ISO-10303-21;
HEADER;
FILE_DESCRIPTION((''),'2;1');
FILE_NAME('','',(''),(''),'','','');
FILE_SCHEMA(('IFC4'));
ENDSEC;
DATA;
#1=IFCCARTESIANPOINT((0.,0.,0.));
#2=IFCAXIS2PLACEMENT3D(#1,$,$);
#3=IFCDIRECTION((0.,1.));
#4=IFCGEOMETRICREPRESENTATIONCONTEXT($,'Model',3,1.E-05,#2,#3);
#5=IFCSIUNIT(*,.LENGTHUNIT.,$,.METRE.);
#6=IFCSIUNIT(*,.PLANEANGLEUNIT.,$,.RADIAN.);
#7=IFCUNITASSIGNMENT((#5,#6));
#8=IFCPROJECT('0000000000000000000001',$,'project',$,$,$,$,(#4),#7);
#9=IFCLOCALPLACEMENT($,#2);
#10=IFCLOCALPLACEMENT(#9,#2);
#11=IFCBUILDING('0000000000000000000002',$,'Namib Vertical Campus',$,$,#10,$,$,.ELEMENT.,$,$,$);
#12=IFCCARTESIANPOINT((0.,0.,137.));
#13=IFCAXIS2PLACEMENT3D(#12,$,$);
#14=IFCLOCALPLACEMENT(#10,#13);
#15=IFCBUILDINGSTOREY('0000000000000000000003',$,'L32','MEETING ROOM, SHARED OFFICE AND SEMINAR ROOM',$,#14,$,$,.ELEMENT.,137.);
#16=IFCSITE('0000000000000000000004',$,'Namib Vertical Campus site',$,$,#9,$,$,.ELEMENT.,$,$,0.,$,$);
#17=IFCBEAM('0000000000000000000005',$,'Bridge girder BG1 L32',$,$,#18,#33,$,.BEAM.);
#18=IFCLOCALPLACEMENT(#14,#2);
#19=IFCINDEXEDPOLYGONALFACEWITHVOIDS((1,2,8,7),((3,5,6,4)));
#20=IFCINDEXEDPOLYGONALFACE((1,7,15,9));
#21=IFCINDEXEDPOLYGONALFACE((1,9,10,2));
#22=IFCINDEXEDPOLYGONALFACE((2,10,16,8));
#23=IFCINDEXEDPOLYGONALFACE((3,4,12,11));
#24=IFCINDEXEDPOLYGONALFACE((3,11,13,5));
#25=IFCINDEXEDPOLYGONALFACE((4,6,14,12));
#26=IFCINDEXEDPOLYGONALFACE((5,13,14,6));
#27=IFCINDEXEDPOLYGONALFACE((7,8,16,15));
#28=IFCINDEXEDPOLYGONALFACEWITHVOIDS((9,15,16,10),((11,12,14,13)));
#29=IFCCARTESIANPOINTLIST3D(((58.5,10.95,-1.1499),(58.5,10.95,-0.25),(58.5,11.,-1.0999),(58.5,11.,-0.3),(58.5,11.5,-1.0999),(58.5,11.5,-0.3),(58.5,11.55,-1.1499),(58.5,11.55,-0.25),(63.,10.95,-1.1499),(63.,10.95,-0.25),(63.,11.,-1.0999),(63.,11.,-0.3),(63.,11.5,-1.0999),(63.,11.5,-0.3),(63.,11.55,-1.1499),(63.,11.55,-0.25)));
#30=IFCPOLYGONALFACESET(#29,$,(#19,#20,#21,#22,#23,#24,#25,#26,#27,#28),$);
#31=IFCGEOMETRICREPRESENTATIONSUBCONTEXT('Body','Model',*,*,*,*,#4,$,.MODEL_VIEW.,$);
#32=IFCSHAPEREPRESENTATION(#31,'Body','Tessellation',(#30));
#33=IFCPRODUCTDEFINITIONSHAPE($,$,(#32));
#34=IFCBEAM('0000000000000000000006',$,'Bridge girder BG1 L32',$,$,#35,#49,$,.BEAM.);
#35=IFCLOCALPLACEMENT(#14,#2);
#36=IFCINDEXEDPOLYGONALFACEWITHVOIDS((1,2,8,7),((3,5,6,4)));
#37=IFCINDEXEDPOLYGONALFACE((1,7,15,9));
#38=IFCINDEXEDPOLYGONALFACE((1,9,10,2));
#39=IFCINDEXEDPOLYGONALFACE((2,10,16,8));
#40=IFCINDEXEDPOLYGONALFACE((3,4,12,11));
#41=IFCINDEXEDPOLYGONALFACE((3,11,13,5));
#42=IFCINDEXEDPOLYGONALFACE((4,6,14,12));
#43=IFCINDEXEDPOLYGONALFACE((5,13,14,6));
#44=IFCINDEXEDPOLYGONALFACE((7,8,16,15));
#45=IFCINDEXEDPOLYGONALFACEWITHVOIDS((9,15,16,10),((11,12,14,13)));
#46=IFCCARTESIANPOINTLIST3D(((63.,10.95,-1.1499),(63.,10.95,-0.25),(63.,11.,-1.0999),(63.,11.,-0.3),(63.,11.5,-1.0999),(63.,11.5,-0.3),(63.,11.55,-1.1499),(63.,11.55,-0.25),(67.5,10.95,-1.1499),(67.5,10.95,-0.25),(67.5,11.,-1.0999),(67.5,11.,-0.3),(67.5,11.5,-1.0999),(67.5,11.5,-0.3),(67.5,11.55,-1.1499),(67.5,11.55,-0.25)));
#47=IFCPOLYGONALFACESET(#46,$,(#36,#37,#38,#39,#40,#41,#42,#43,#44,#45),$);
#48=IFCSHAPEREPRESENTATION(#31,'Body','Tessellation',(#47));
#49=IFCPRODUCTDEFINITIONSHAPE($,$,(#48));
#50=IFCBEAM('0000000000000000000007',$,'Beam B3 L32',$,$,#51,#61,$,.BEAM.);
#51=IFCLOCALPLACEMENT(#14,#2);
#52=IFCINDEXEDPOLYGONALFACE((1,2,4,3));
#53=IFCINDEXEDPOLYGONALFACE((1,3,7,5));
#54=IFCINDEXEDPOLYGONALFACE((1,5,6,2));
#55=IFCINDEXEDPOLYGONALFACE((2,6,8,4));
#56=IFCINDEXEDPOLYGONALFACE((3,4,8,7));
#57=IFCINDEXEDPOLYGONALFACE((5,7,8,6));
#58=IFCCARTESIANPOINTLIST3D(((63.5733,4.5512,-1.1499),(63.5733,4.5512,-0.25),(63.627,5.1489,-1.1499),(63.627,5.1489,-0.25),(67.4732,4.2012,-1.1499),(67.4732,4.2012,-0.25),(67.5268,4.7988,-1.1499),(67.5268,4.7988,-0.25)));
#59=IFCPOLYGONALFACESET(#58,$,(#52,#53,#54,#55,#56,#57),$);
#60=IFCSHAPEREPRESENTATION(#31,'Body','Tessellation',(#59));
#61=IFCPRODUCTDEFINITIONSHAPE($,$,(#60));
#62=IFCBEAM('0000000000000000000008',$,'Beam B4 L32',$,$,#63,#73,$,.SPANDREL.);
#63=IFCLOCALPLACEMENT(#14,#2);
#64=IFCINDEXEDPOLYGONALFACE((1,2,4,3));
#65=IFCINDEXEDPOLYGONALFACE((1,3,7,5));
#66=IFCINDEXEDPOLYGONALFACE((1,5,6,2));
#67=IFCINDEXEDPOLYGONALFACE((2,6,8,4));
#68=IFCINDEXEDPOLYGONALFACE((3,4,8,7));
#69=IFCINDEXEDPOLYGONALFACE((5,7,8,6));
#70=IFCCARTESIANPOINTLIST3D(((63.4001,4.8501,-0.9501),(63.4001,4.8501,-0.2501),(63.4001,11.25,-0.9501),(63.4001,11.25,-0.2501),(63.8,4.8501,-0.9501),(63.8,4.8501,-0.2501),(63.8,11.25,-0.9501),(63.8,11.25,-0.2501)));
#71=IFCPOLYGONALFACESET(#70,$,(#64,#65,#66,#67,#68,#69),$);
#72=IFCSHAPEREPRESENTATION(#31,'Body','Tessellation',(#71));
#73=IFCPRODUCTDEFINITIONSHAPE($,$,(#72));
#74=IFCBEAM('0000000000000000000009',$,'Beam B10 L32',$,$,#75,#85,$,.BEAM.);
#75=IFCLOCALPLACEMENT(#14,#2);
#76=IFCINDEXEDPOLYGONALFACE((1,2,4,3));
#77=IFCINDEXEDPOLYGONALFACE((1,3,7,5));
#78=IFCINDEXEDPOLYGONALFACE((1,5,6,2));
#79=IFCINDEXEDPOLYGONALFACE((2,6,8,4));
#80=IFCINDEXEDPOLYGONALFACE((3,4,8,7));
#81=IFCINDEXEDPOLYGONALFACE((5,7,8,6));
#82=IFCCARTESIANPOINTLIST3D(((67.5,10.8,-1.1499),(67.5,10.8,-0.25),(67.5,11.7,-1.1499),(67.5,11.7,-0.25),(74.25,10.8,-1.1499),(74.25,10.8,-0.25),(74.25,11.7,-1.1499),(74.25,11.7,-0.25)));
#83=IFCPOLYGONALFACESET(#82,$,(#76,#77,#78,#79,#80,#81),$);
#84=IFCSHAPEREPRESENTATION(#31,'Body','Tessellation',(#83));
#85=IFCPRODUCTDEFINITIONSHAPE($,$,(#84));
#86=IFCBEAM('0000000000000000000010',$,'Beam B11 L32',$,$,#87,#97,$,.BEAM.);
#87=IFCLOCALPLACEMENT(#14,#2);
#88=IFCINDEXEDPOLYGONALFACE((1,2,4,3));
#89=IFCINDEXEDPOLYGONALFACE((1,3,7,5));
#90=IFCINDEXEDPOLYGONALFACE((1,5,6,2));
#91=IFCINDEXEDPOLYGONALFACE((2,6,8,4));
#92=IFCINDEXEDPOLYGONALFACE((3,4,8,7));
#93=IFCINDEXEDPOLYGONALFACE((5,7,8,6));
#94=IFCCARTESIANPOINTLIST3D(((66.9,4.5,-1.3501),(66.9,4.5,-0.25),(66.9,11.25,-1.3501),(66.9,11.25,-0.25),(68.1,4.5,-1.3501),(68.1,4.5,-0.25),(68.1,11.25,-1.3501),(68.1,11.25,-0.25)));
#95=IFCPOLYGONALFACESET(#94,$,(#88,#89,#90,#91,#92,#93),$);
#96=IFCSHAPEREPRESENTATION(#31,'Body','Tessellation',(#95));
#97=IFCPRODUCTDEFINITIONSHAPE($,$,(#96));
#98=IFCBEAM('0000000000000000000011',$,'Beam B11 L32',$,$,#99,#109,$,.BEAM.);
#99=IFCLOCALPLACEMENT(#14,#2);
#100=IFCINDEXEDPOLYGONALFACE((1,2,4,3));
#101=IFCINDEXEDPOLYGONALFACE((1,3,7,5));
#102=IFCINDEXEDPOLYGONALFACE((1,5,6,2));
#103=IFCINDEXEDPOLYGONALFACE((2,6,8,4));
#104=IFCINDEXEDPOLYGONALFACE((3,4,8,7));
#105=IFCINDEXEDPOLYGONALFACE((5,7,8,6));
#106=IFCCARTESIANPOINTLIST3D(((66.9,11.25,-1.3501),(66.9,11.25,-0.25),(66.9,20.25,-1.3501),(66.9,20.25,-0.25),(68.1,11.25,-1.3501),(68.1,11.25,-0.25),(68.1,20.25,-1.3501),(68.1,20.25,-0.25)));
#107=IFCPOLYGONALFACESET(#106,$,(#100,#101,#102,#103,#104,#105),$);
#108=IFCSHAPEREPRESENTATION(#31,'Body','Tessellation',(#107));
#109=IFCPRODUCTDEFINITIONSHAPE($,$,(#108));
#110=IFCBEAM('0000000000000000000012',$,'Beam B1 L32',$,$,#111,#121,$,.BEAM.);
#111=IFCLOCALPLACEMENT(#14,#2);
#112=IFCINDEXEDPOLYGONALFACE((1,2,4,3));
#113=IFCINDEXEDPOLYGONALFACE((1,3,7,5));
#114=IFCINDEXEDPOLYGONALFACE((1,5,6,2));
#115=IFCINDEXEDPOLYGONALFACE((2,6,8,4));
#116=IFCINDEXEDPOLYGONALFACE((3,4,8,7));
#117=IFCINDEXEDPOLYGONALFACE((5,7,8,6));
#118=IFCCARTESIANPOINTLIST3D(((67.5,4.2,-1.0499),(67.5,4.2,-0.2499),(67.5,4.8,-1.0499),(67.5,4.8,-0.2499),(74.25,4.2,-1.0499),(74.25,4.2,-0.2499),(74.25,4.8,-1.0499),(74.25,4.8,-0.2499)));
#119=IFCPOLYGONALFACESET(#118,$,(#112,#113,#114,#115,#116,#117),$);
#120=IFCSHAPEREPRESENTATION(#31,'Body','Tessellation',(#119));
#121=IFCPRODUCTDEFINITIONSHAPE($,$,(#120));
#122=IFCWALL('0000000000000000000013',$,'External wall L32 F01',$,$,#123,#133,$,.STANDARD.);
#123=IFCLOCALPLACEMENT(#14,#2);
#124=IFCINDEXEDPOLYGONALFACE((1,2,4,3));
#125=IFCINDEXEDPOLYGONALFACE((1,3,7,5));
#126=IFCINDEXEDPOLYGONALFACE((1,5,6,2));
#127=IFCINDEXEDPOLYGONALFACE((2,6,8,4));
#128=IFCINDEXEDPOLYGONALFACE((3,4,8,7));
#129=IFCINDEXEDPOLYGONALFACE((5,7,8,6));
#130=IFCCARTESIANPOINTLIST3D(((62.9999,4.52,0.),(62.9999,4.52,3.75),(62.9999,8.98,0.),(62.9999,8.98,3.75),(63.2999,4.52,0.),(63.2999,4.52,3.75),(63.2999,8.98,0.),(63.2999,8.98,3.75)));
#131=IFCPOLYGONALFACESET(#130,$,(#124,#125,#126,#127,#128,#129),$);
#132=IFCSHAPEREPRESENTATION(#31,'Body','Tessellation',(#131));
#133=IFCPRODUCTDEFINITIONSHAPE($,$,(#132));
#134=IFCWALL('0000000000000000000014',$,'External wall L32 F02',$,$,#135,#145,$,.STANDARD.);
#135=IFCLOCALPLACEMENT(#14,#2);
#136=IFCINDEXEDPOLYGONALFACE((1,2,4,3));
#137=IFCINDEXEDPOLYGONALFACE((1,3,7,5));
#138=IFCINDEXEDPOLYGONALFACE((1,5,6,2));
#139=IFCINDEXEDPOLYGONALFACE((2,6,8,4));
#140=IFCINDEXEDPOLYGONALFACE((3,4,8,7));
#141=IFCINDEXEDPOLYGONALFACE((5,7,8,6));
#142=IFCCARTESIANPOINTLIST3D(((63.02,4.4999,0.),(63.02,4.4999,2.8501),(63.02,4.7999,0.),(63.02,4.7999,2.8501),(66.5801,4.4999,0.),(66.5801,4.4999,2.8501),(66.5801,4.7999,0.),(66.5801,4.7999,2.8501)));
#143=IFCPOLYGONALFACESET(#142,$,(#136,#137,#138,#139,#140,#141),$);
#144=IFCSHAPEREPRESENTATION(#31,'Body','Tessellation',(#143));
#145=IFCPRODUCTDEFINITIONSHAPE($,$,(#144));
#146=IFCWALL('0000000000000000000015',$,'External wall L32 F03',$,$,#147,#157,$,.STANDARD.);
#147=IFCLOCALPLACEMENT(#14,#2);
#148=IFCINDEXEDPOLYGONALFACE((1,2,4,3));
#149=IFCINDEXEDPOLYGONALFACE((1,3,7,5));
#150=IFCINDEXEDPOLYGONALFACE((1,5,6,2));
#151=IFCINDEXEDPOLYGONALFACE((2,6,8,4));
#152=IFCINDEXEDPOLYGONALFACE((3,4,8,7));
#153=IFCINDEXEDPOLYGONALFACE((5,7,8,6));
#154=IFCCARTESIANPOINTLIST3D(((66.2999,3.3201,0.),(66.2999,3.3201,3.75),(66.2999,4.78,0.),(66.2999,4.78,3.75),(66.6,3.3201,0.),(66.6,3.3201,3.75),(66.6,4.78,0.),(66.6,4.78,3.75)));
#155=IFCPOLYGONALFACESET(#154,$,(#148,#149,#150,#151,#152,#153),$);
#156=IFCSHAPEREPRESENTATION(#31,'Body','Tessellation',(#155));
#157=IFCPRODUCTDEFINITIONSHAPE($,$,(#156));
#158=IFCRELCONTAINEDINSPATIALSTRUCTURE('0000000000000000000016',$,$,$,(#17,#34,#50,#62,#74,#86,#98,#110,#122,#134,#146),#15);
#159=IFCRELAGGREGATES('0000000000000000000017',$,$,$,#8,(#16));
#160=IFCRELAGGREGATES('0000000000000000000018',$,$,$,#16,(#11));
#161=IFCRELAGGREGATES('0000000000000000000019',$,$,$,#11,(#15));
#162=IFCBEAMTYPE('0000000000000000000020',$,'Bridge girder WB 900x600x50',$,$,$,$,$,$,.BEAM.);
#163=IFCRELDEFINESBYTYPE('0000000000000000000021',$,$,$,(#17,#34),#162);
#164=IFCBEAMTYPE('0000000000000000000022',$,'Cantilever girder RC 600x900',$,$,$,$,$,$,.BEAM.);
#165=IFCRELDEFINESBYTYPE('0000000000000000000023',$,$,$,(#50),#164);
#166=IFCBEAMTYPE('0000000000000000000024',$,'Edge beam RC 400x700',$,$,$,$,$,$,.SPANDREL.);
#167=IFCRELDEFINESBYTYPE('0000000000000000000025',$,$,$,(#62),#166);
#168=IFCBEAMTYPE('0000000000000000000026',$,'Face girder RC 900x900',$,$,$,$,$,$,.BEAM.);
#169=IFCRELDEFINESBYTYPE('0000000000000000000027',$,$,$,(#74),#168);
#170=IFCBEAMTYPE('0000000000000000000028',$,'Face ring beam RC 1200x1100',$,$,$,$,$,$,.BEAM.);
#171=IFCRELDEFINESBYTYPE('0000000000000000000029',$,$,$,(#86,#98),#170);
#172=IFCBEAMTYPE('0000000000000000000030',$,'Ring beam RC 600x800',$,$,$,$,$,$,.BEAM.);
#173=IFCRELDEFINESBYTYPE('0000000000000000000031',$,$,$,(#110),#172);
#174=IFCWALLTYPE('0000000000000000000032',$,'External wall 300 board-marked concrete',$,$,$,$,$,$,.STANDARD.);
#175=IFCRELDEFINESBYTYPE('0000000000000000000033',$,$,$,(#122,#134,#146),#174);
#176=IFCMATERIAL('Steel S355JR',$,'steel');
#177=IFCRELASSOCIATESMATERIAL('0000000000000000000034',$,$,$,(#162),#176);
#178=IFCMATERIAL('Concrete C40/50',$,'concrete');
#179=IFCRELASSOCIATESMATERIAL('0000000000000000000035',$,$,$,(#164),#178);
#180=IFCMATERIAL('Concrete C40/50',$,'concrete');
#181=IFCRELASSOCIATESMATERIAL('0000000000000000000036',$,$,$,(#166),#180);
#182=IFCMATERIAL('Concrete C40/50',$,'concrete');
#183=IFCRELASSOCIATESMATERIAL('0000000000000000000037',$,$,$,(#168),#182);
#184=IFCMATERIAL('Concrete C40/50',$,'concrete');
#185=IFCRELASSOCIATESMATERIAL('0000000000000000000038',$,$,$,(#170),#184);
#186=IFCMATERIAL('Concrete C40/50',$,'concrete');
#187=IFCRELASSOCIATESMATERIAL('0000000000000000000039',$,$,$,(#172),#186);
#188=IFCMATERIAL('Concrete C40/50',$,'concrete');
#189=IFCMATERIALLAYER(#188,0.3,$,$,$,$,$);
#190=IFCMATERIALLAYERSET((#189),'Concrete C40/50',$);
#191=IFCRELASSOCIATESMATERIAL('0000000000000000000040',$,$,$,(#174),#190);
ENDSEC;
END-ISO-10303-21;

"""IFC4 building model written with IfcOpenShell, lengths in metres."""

from ifc_helpers import new_model, si_unit, direction, frame, frame_2d, origin, origin_2d, place, context, subcontext, project, spatial, rectangle, hollow_rectangle, extrude, material, layer, layer_set, material_profile, profile_set, type_object, element, save


model = new_model("IFC4")

# Units and contexts
model_context = context("Model", 3, precision=1e-05, world=origin(), true_north=direction((0.0, 1.0)))
body_context = subcontext(model_context, "Body", "Model", "MODEL_VIEW")
ifc_project = project(units=[si_unit("LENGTHUNIT", "METRE"), si_unit("PLANEANGLEUNIT", "RADIAN")], contexts=[model_context])

# Site, building, storey
site_placement = place(None, origin())
site = spatial("IfcSite", under=ifc_project, at=site_placement, Name="Namib Vertical Campus site", CompositionType="ELEMENT", RefElevation=0.0)
building_placement = place(site_placement, origin())
building = spatial("IfcBuilding", under=site, at=building_placement, Name="Namib Vertical Campus", CompositionType="ELEMENT")
storey_placement = place(building_placement, frame((0.0, 0.0, 137.0)))
storey = spatial("IfcBuildingStorey", under=building, at=storey_placement, Name="L32", Description="MEETING ROOM, SHARED OFFICE AND SEMINAR ROOM", CompositionType="ELEMENT", Elevation=137.0)

# Beams
ifc_material_1 = material(Name="Steel S355JR", Category="steel")
ifc_material_profile_1 = material_profile(ifc_material_1, hollow_rectangle(XDim=0.6001, YDim=0.8999, WallThickness=0.05, at=origin_2d()))
ifc_profile_set_1 = profile_set([ifc_material_profile_1], Name="Steel S355JR")
beam_type_1 = type_object("IfcBeamType", Name="Bridge girder WB 900x600x50", PredefinedType="BEAM", material=ifc_profile_set_1)
for number, where, z_axis, x_axis, name in (
    (1, (58.5, 11.25, -0.7), (1.0, 0.0, 0.0), (0.0, 1.0, 0.0), "Bridge girder BG1 L32"),
    (2, (63.0, 11.25, -0.7), (1.0, 0.0, 0.0), (0.0, 1.0, 0.0), "Bridge girder BG1 L32"),
):
    element("IfcBeam", number, at=place(storey_placement, frame(where, z_axis=z_axis, x_axis=x_axis)), inside=storey, type_object=beam_type_1, Name=name, PredefinedType="BEAM", context=body_context, shape_type="SweptSolid", body=[
        extrude(hollow_rectangle(XDim=0.6001, YDim=0.8999, WallThickness=0.05, at=origin_2d()), origin(), (0.0, 0.0, 1.0), 4.5),
    ])
ifc_material_2 = material(Name="Concrete C40/50", Category="concrete")
ifc_material_profile_2 = material_profile(ifc_material_2, rectangle(XDim=0.6001, YDim=0.8999, at=origin_2d()))
ifc_profile_set_2 = profile_set([ifc_material_profile_2], Name="Concrete C40/50")
beam_type_2 = type_object("IfcBeamType", Name="Cantilever girder RC 600x900", PredefinedType="BEAM", material=ifc_profile_set_2)
beam_1_placement = place(storey_placement, frame((67.5, 4.5, -0.7), z_axis=(-0.995995, 0.089411, 0.0), x_axis=(-0.089411, -0.995995, 0.0)))
element("IfcBeam", 3, at=beam_1_placement, inside=storey, type_object=beam_type_2, Name="Beam B3 L32", PredefinedType="BEAM", context=body_context, shape_type="SweptSolid", body=[
    extrude(rectangle(XDim=0.6001, YDim=0.8999, at=origin_2d()), origin(), (0.0, 0.0, 1.0), 3.9155),
])
ifc_material_3 = material(Name="Concrete C40/50", Category="concrete")
ifc_material_profile_3 = material_profile(ifc_material_3, rectangle(XDim=0.3999, YDim=0.7, at=origin_2d()))
ifc_profile_set_3 = profile_set([ifc_material_profile_3], Name="Concrete C40/50")
beam_type_3 = type_object("IfcBeamType", Name="Edge beam RC 400x700", PredefinedType="SPANDREL", material=ifc_profile_set_3)
beam_2_placement = place(storey_placement, frame((63.6001, 4.8501, -0.6001), z_axis=(0.0, 1.0, 0.0), x_axis=(-1.0, 0.0, 0.0)))
element("IfcBeam", 4, at=beam_2_placement, inside=storey, type_object=beam_type_3, Name="Beam B4 L32", PredefinedType="SPANDREL", context=body_context, shape_type="SweptSolid", body=[
    extrude(rectangle(XDim=0.3999, YDim=0.7, at=origin_2d()), origin(), (0.0, 0.0, 1.0), 6.3999),
])
ifc_material_4 = material(Name="Concrete C40/50", Category="concrete")
ifc_material_profile_4 = material_profile(ifc_material_4, rectangle(XDim=0.8999, YDim=0.8999, at=origin_2d()))
ifc_profile_set_4 = profile_set([ifc_material_profile_4], Name="Concrete C40/50")
beam_type_4 = type_object("IfcBeamType", Name="Face girder RC 900x900", PredefinedType="BEAM", material=ifc_profile_set_4)
beam_3_placement = place(storey_placement, frame((67.5, 11.25, -0.7), z_axis=(1.0, 0.0, 0.0), x_axis=(0.0, 1.0, 0.0)))
element("IfcBeam", 5, at=beam_3_placement, inside=storey, type_object=beam_type_4, Name="Beam B10 L32", PredefinedType="BEAM", context=body_context, shape_type="SweptSolid", body=[
    extrude(rectangle(XDim=0.8999, YDim=0.8999, at=origin_2d()), origin(), (0.0, 0.0, 1.0), 6.75),
])
ifc_material_5 = material(Name="Concrete C40/50", Category="concrete")
ifc_material_profile_5 = material_profile(ifc_material_5, rectangle(XDim=1.2, YDim=1.1001, at=origin_2d()))
ifc_profile_set_5 = profile_set([ifc_material_profile_5], Name="Concrete C40/50")
beam_type_5 = type_object("IfcBeamType", Name="Face ring beam RC 1200x1100", PredefinedType="BEAM", material=ifc_profile_set_5)
beam_4_placement = place(storey_placement, frame((67.5, 4.5, -0.8), z_axis=(0.0, 1.0, 0.0), x_axis=(-1.0, 0.0, 0.0)))
element("IfcBeam", 6, at=beam_4_placement, inside=storey, type_object=beam_type_5, Name="Beam B11 L32", PredefinedType="BEAM", context=body_context, shape_type="SweptSolid", body=[
    extrude(rectangle(XDim=1.2, YDim=1.1001, at=origin_2d()), origin(), (0.0, 0.0, 1.0), 6.75),
])
beam_5_placement = place(storey_placement, frame((67.5, 11.25, -0.8), z_axis=(0.0, 1.0, 0.0), x_axis=(-1.0, 0.0, 0.0)))
element("IfcBeam", 7, at=beam_5_placement, inside=storey, type_object=beam_type_5, Name="Beam B11 L32", PredefinedType="BEAM", context=body_context, shape_type="SweptSolid", body=[
    extrude(rectangle(XDim=1.2, YDim=1.1001, at=origin_2d()), origin(), (0.0, 0.0, 1.0), 9.0),
])
ifc_material_6 = material(Name="Concrete C40/50", Category="concrete")
ifc_material_profile_6 = material_profile(ifc_material_6, rectangle(XDim=0.6001, YDim=0.8, at=origin_2d()))
ifc_profile_set_6 = profile_set([ifc_material_profile_6], Name="Concrete C40/50")
beam_type_6 = type_object("IfcBeamType", Name="Ring beam RC 600x800", PredefinedType="BEAM", material=ifc_profile_set_6)
beam_6_placement = place(storey_placement, frame((67.5, 4.5, -0.6499), z_axis=(1.0, 0.0, 0.0), x_axis=(0.0, 1.0, 0.0)))
element("IfcBeam", 8, at=beam_6_placement, inside=storey, type_object=beam_type_6, Name="Beam B1 L32", PredefinedType="BEAM", context=body_context, shape_type="SweptSolid", body=[
    extrude(rectangle(XDim=0.6001, YDim=0.8, at=origin_2d()), origin(), (0.0, 0.0, 1.0), 6.75),
])

# Walls
ifc_material_7 = material(Name="Concrete C40/50", Category="concrete")
ifc_layer_1 = layer(ifc_material_7, 0.3)
ifc_layer_set_1 = layer_set([ifc_layer_1], Name="Concrete C40/50")
wall_type = type_object("IfcWallType", Name="External wall 300 board-marked concrete", PredefinedType="STANDARD", material=ifc_layer_set_1)
wall_1_placement = place(storey_placement, frame((63.1499, 8.98, 0.0), z_axis=(0.0, 0.0, 1.0), x_axis=(0.0, -1.0, 0.0)))
element("IfcWall", 9, at=wall_1_placement, inside=storey, type_object=wall_type, Name="External wall L32 F01", PredefinedType="STANDARD", context=body_context, shape_type="SweptSolid", body=[
    extrude(rectangle(XDim=4.46, YDim=0.3, at=frame_2d((2.23, 0.0))), origin(), (0.0, 0.0, 1.0), 3.75),
])
wall_2_placement = place(storey_placement, frame((63.02, 4.6499, 0.0), z_axis=(0.0, 0.0, 1.0), x_axis=(1.0, 0.0, 0.0)))
element("IfcWall", 10, at=wall_2_placement, inside=storey, type_object=wall_type, Name="External wall L32 F02", PredefinedType="STANDARD", context=body_context, shape_type="SweptSolid", body=[
    extrude(rectangle(XDim=3.5601, YDim=0.3, at=frame_2d((1.78, 0.0))), origin(), (0.0, 0.0, 1.0), 2.8501),
])
wall_3_placement = place(storey_placement, frame((66.45, 4.78, 0.0), z_axis=(0.0, 0.0, 1.0), x_axis=(0.0, -1.0, 0.0)))
element("IfcWall", 11, at=wall_3_placement, inside=storey, type_object=wall_type, Name="External wall L32 F03", PredefinedType="STANDARD", context=body_context, shape_type="SweptSolid", body=[
    extrude(rectangle(XDim=1.46, YDim=0.3, at=frame_2d((0.73, 0.0))), origin(), (0.0, 0.0, 1.0), 3.75),
])

save(model, "model.ifc")
